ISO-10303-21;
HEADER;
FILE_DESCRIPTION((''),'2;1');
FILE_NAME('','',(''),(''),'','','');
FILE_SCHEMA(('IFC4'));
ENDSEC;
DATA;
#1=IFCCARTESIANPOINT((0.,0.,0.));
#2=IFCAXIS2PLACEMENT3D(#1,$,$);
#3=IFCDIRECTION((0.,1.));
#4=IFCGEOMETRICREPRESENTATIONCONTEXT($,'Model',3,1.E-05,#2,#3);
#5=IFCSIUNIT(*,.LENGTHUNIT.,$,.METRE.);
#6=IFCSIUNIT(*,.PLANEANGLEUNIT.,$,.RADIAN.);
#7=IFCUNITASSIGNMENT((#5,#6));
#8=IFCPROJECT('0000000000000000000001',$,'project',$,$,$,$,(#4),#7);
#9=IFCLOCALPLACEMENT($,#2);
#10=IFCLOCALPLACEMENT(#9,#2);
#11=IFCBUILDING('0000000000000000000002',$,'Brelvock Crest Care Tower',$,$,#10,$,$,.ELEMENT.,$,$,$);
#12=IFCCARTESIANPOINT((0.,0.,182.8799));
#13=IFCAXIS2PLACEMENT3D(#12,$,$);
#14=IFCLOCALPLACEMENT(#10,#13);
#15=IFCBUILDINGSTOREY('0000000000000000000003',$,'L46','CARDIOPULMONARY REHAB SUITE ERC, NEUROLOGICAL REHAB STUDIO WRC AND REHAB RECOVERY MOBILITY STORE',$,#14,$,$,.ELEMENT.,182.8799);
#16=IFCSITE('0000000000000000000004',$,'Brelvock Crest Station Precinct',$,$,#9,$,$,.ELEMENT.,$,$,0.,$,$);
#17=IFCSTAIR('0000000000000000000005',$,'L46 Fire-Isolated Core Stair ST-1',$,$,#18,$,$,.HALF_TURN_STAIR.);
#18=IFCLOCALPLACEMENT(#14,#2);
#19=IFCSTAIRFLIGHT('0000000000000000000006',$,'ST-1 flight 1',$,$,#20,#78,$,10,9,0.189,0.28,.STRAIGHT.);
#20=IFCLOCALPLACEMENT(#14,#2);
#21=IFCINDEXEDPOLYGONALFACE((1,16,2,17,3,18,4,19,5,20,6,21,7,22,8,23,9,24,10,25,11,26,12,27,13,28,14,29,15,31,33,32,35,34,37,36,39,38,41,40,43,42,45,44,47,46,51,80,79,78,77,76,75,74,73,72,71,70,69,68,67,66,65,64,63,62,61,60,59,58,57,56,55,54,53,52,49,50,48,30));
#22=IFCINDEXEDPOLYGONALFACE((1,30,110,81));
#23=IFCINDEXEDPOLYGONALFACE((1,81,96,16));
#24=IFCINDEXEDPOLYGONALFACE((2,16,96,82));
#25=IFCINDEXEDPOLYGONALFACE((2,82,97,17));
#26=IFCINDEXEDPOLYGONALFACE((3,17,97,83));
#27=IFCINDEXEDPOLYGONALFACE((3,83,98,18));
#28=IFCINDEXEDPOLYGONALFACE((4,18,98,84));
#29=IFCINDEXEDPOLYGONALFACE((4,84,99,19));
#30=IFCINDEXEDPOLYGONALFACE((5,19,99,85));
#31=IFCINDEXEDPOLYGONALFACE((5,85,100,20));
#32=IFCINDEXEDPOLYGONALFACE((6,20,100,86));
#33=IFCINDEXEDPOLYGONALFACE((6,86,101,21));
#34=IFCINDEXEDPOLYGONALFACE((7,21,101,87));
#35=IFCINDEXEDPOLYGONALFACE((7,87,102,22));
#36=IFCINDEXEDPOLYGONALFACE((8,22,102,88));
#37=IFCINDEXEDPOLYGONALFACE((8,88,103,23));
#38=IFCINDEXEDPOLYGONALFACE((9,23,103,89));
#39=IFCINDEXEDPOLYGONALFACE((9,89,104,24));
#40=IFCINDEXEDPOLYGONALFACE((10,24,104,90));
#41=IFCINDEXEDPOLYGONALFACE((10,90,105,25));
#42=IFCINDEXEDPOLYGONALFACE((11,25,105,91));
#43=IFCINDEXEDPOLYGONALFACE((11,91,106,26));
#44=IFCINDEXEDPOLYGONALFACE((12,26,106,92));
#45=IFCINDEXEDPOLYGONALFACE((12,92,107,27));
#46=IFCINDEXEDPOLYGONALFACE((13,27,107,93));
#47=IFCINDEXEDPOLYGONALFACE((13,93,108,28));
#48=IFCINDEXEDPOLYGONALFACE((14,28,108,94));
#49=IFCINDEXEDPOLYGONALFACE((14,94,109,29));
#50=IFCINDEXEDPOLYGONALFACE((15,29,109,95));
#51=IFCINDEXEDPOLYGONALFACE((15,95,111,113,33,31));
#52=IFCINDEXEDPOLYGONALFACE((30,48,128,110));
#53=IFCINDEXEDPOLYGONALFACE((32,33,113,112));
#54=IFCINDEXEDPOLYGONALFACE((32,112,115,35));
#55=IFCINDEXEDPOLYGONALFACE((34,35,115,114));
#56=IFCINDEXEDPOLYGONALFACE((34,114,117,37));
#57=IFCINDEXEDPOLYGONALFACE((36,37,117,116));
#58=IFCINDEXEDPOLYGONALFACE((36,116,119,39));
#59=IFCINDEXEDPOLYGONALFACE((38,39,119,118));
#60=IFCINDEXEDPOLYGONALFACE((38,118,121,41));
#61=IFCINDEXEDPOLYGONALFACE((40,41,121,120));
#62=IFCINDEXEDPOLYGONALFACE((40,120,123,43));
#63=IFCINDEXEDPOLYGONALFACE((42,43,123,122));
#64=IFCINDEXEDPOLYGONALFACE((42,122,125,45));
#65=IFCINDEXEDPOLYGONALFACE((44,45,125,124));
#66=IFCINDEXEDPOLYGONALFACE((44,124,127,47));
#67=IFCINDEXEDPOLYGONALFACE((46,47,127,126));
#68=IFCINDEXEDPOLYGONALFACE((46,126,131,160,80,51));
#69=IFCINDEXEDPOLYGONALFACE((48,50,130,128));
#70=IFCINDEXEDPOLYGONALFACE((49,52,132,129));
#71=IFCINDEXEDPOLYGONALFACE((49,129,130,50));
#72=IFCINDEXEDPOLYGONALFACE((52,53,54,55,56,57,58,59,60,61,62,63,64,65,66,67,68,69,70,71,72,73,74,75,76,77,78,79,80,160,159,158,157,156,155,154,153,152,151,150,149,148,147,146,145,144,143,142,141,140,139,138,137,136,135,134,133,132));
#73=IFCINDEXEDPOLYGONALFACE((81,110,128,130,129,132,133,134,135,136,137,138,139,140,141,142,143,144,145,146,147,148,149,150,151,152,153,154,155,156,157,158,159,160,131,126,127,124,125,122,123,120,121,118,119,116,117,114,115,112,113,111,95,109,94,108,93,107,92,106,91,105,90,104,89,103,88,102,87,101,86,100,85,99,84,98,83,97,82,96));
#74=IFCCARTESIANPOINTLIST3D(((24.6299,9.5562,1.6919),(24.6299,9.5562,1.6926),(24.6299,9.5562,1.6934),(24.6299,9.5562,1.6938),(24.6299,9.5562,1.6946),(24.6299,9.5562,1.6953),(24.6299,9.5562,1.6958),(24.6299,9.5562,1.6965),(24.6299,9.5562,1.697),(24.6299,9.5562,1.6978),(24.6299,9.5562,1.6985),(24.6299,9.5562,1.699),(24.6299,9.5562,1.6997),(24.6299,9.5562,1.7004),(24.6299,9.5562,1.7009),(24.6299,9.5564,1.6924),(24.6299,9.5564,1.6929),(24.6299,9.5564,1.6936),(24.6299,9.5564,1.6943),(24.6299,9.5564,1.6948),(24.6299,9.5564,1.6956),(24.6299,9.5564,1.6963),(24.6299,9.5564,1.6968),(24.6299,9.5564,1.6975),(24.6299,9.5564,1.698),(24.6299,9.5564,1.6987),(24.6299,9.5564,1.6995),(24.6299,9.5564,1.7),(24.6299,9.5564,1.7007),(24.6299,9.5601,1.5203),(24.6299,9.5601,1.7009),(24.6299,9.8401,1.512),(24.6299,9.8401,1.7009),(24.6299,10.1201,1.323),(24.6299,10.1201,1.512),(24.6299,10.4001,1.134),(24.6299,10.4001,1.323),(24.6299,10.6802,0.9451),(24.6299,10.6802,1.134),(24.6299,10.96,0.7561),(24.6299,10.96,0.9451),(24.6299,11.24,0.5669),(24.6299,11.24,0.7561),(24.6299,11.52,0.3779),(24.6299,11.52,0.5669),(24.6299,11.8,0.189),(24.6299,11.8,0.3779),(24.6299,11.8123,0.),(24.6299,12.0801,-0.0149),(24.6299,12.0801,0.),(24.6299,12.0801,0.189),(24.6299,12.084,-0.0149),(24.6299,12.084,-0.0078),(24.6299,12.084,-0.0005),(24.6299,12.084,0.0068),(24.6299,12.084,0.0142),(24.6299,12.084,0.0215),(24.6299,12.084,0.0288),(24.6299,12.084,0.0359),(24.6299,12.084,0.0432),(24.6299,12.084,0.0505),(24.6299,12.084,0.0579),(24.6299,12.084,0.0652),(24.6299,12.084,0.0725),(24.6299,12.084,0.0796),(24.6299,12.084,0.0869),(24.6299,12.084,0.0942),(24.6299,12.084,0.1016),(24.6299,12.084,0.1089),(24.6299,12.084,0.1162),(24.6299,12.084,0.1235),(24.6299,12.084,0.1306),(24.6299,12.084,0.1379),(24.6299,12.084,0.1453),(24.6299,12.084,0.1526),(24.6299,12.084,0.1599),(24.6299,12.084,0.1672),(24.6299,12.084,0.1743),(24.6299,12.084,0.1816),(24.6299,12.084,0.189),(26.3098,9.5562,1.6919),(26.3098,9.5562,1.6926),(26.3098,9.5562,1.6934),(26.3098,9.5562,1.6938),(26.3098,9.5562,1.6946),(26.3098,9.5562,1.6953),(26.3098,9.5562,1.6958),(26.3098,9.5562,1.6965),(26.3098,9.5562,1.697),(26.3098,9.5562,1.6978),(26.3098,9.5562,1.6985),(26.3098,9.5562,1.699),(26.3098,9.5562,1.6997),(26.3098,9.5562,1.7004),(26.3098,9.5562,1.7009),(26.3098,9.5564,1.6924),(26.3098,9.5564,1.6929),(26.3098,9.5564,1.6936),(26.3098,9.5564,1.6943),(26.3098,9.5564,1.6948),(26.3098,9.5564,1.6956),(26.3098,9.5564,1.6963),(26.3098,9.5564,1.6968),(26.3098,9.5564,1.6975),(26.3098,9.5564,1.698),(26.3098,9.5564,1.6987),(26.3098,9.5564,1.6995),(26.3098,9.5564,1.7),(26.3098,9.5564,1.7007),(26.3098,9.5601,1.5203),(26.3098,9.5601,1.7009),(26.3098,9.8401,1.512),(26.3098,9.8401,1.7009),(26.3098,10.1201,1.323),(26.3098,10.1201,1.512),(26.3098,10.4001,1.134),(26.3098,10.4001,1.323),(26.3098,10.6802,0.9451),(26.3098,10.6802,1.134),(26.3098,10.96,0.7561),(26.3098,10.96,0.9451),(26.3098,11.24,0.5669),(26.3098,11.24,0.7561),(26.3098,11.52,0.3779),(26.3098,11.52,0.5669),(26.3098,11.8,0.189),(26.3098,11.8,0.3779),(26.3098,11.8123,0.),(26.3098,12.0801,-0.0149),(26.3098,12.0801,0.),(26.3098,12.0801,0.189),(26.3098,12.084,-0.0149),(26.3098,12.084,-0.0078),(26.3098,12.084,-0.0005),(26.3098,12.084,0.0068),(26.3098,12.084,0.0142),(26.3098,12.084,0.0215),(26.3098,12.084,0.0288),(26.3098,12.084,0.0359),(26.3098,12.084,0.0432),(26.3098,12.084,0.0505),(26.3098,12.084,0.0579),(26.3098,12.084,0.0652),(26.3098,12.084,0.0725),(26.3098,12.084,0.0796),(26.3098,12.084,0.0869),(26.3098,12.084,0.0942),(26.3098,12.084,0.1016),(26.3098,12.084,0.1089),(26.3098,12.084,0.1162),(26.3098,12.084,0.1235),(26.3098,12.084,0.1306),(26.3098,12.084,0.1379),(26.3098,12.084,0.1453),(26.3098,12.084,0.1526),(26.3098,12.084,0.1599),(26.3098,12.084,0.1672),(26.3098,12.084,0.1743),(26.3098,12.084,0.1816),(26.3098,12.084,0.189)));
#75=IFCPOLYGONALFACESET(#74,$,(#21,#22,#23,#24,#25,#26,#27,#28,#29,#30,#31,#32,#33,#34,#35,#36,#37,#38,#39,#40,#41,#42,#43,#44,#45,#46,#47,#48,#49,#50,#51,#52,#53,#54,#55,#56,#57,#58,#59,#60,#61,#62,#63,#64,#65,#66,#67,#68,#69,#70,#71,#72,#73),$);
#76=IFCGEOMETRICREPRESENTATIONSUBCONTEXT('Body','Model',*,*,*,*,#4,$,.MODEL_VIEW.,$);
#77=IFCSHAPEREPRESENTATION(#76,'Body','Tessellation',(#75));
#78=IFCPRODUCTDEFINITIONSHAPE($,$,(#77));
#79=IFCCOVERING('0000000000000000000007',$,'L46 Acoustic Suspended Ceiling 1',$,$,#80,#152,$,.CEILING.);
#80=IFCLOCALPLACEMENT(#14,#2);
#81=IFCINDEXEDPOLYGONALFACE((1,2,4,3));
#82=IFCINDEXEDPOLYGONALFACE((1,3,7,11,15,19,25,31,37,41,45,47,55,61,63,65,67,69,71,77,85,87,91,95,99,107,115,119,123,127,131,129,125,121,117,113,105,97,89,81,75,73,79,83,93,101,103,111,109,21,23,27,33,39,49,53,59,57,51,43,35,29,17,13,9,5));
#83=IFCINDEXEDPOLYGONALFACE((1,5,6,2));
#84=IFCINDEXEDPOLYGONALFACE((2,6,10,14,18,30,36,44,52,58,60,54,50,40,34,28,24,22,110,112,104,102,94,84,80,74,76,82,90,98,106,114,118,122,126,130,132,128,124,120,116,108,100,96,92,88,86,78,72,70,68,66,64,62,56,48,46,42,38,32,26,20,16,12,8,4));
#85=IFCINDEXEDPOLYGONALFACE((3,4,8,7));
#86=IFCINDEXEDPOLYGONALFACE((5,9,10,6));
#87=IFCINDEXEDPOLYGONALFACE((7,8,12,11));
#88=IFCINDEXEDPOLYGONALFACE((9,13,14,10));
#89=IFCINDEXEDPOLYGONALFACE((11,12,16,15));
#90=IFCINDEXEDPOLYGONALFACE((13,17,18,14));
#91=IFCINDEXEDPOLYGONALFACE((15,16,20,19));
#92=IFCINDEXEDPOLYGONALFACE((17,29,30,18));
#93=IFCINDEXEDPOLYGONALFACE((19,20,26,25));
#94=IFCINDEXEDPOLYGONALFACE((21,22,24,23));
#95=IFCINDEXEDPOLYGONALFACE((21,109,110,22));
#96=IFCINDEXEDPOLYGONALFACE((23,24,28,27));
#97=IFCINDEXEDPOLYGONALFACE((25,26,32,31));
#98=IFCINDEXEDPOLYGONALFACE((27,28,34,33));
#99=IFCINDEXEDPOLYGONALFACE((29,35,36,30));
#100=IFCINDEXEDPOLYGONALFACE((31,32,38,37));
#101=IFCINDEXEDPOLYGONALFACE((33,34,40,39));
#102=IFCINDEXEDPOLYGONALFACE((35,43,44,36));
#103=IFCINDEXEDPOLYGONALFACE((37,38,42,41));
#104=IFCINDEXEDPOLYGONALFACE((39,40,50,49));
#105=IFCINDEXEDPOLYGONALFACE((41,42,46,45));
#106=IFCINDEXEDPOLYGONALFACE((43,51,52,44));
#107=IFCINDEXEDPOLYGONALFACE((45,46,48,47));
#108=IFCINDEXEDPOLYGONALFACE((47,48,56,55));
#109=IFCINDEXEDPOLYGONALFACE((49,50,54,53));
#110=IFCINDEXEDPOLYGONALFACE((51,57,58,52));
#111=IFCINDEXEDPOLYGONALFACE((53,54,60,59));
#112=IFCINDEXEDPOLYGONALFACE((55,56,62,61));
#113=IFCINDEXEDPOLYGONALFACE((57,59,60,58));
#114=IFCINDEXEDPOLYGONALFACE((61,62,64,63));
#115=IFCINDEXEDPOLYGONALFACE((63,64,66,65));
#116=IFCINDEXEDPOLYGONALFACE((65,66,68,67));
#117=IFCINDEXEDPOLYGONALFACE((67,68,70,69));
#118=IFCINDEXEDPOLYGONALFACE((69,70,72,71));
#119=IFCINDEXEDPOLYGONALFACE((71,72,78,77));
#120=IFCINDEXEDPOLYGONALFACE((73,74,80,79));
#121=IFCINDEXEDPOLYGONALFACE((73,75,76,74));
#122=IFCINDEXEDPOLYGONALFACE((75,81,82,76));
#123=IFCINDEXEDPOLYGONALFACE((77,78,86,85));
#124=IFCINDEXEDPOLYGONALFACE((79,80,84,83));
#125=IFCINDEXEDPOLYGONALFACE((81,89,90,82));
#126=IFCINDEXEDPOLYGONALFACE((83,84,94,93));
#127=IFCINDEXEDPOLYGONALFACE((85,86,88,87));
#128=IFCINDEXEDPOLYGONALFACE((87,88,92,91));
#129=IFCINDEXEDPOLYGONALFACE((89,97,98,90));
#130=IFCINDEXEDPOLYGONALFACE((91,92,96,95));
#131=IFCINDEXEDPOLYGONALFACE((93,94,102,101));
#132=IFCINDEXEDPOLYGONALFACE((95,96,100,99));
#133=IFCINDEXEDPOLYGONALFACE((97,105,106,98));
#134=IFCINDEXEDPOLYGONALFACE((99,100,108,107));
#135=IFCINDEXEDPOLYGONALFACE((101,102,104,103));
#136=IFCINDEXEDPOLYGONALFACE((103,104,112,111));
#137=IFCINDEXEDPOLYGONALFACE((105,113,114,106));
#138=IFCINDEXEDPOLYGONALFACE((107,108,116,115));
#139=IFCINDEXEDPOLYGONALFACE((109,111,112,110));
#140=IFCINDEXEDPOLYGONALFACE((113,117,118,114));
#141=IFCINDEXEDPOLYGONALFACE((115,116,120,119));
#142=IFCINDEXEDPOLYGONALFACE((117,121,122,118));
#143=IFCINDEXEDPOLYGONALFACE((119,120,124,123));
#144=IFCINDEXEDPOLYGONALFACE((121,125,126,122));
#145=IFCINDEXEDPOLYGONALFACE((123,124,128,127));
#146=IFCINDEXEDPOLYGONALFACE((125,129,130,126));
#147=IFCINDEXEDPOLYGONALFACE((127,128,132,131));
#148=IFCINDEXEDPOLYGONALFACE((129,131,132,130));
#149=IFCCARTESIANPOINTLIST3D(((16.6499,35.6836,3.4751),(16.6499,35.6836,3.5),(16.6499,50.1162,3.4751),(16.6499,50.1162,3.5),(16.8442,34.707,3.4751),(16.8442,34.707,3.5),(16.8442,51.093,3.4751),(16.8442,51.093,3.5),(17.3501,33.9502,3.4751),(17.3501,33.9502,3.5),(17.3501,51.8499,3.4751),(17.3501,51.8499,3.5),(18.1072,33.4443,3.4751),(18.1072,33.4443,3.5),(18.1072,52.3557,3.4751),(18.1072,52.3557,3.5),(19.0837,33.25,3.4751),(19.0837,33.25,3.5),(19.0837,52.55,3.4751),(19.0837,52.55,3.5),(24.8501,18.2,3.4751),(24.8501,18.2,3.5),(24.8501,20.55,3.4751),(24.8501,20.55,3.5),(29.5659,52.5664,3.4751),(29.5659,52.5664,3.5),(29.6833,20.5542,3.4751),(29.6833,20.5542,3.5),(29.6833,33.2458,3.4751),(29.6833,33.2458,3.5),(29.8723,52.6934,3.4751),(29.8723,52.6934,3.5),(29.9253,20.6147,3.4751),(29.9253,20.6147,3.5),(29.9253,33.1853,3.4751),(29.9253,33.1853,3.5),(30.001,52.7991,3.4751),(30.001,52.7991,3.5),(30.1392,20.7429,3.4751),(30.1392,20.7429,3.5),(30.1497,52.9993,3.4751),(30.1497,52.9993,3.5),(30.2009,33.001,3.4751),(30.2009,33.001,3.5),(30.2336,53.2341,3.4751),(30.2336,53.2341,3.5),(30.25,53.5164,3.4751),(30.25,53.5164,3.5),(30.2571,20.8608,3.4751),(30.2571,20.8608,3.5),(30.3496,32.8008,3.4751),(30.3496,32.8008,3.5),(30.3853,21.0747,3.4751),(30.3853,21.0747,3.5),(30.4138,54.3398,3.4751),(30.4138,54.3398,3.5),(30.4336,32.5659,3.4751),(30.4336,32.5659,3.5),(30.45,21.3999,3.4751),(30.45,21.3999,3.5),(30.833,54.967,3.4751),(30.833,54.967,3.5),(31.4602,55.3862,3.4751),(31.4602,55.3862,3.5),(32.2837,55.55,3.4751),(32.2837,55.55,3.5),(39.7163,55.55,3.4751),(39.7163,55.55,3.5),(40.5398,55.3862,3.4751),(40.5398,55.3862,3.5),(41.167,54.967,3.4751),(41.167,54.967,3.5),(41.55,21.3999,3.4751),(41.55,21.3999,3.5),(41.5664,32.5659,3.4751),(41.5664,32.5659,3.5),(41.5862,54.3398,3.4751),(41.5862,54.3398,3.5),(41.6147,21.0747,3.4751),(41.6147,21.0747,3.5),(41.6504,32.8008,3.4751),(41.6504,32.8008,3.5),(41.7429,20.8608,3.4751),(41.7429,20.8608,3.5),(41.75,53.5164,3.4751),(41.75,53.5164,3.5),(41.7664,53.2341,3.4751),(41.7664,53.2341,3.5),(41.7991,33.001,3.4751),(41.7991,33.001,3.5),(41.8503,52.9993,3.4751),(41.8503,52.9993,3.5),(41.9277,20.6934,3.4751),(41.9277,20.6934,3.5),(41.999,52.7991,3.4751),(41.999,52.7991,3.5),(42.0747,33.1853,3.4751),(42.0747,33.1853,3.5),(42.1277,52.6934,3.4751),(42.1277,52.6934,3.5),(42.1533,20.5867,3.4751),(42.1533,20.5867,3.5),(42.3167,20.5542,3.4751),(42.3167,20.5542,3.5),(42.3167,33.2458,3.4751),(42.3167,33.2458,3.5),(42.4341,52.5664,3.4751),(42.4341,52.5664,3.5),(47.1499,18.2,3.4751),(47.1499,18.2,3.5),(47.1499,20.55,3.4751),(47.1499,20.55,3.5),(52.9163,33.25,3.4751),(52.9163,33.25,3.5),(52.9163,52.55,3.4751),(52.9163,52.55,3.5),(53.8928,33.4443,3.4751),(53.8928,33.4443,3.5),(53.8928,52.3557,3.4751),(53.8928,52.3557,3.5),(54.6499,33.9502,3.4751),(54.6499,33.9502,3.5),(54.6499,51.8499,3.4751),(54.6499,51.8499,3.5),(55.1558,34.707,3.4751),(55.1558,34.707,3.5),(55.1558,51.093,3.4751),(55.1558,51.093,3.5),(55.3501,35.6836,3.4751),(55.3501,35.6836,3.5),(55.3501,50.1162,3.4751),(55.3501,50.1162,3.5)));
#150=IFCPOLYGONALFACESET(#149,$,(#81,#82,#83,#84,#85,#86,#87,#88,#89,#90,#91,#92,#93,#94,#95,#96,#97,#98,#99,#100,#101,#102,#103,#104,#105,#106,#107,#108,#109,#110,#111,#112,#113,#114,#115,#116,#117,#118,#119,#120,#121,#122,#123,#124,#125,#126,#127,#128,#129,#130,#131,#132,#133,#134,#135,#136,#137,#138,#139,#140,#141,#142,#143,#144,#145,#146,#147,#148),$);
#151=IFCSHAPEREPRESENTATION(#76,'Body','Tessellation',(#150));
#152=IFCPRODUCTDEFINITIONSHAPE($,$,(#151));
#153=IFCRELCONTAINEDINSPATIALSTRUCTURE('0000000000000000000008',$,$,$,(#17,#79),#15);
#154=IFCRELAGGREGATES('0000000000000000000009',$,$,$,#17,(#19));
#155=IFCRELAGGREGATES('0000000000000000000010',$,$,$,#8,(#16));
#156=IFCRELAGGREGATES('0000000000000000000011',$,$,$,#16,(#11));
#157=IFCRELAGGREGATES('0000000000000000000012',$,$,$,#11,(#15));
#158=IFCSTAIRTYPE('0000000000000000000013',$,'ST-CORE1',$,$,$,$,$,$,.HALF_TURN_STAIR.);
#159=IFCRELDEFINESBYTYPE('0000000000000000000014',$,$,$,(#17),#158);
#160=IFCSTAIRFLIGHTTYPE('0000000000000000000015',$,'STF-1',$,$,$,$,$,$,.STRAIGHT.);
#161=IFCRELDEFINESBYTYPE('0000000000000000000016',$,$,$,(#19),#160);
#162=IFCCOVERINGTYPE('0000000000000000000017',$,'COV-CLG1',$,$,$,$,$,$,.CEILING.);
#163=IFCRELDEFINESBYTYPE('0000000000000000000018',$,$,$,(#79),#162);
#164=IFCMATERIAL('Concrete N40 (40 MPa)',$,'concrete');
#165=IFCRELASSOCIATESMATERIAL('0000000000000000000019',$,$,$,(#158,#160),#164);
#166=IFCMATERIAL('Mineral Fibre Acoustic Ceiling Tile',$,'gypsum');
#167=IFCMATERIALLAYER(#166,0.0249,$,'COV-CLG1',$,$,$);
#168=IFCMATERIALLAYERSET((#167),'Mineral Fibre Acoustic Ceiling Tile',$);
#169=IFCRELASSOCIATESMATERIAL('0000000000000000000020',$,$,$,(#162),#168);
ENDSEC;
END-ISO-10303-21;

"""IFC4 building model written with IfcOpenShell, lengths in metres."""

from ifc_helpers import new_model, si_unit, direction, frame, origin, place, context, subcontext, project, spatial, polyline, outline, extrude, material, layer, layer_set, type_object, element, aggregate, save


model = new_model("IFC4")

# Units and contexts
model_context = context("Model", 3, precision=1e-05, world=origin(), true_north=direction((0.0, 1.0)))
body_context = subcontext(model_context, "Body", "Model", "MODEL_VIEW")
ifc_project = project(units=[si_unit("LENGTHUNIT", "METRE"), si_unit("PLANEANGLEUNIT", "RADIAN")], contexts=[model_context])

# Site, building, storey
site_placement = place(None, origin())
site = spatial("IfcSite", under=ifc_project, at=site_placement, Name="Brelvock Crest Station Precinct", CompositionType="ELEMENT", RefElevation=0.0)
building_placement = place(site_placement, origin())
building = spatial("IfcBuilding", under=site, at=building_placement, Name="Brelvock Crest Care Tower", CompositionType="ELEMENT")
storey_placement = place(building_placement, frame((0.0, 0.0, 182.8799)))
storey = spatial("IfcBuildingStorey", under=building, at=storey_placement, Name="L46", Description="CARDIOPULMONARY REHAB SUITE ERC, NEUROLOGICAL REHAB STUDIO WRC AND REHAB RECOVERY MOBILITY STORE", CompositionType="ELEMENT", Elevation=182.8799)

# Stair
ifc_material_1 = material(Name="Concrete N40 (40 MPa)", Category="concrete")
stair_type = type_object("IfcStairType", Name="ST-CORE1", PredefinedType="HALF_TURN_STAIR", material=ifc_material_1)
stair_1_placement = place(storey_placement, origin())
stair_1 = element("IfcStair", 1, at=stair_1_placement, inside=storey, type_object=stair_type, Name="L46 Fire-Isolated Core Stair ST-1", PredefinedType="HALF_TURN_STAIR")

# Stair flight
stair_flight_type = type_object("IfcStairFlightType", Name="STF-1", PredefinedType="STRAIGHT", material=ifc_material_1)
stair_flight_placement = place(storey_placement, frame((25.47, 12.0801, 0.0), z_axis=(0.0, 0.0, 1.0), x_axis=(0.0, -1.0, 0.0)))
stair_flight = element("IfcStairFlight", 2, at=stair_flight_placement, type_object=stair_flight_type, Name="ST-1 flight 1", NumberOfRisers=10, NumberOfTreads=9, PredefinedType="STRAIGHT", RiserHeight=0.189, TreadLength=0.28, context=body_context, shape_type="SweptSolid", body=[
    extrude(outline(polyline([(-0.0039, -0.0149), (-0.0039, -0.0078), (-0.0039, -0.0005), (-0.0039, 0.0068), (-0.0039, 0.0142), (-0.0039, 0.0215), (-0.0039, 0.0288), (-0.0039, 0.0359), (-0.0039, 0.0432), (-0.0039, 0.0505), (-0.0039, 0.0579), (-0.0039, 0.0652), (-0.0039, 0.0725), (-0.0039, 0.0796), (-0.0039, 0.0869), (-0.0039, 0.0942), (-0.0039, 0.1016), (-0.0039, 0.1089), (-0.0039, 0.1162), (-0.0039, 0.1235), (-0.0039, 0.1306), (-0.0039, 0.1379), (-0.0039, 0.1453), (-0.0039, 0.1526), (-0.0039, 0.1599), (-0.0039, 0.1672), (-0.0039, 0.1743), (-0.0039, 0.1816), (-0.0039, 0.189), (0.0, 0.189), (0.28, 0.189), (0.28, 0.3779), (0.5601, 0.3779), (0.5601, 0.5669), (0.8401, 0.5669), (0.8401, 0.7561), (1.1201, 0.7561), (1.1201, 0.9451), (1.3999, 0.9451), (1.3999, 1.134), (1.6799, 1.134), (1.6799, 1.323), (1.96, 1.323), (1.96, 1.512), (2.24, 1.512), (2.24, 1.7009), (2.52, 1.7009), (2.5239, 1.7009), (2.5237, 1.7007), (2.5239, 1.7004), (2.5237, 1.7), (2.5239, 1.6997), (2.5237, 1.6995), (2.5239, 1.699), (2.5237, 1.6987), (2.5239, 1.6985), (2.5237, 1.698), (2.5239, 1.6978), (2.5237, 1.6975), (2.5239, 1.697), (2.5237, 1.6968), (2.5239, 1.6965), (2.5237, 1.6963), (2.5239, 1.6958), (2.5237, 1.6956), (2.5239, 1.6953), (2.5237, 1.6948), (2.5239, 1.6946), (2.5237, 1.6943), (2.5239, 1.6938), (2.5237, 1.6936), (2.5239, 1.6934), (2.5237, 1.6929), (2.5239, 1.6926), (2.5237, 1.6924), (2.5239, 1.6919), (2.52, 1.5203), (0.2678, 0.0), (0.0, 0.0), (0.0, -0.0149), (-0.0039, -0.0149)])), frame((0.0, 0.8398, 0.0), z_axis=(0.0, -1.0, 0.0), x_axis=(1.0, 0.0, 0.0)), (0.0, 0.0, 1.0), 1.6799),
])
aggregate(stair_1, [stair_flight])

# Covering
ifc_material_2 = material(Name="Mineral Fibre Acoustic Ceiling Tile", Category="gypsum")
ifc_layer_1 = layer(ifc_material_2, 0.0249, Name="COV-CLG1")
ifc_layer_set_1 = layer_set([ifc_layer_1], Name="Mineral Fibre Acoustic Ceiling Tile")
covering_type_1 = type_object("IfcCoveringType", Name="COV-CLG1", PredefinedType="CEILING", material=ifc_layer_set_1)
covering_1_placement = place(storey_placement, frame((0.0, 0.0, 3.4751)))
element("IfcCovering", 3, at=covering_1_placement, inside=storey, type_object=covering_type_1, Name="L46 Acoustic Suspended Ceiling 1", PredefinedType="CEILING", context=body_context, shape_type="SweptSolid", body=[
    extrude(outline(polyline([(24.8501, 18.2), (47.1499, 18.2), (47.1499, 20.55), (42.3167, 20.5542), (42.1533, 20.5867), (41.9277, 20.6934), (41.7429, 20.8608), (41.6147, 21.0747), (41.55, 21.3999), (41.5664, 32.5659), (41.6504, 32.8008), (41.7991, 33.001), (42.0747, 33.1853), (42.3167, 33.2458), (52.9163, 33.25), (53.8928, 33.4443), (54.6499, 33.9502), (55.1558, 34.707), (55.3501, 35.6836), (55.3501, 50.1162), (55.1558, 51.093), (54.6499, 51.8499), (53.8928, 52.3557), (52.9163, 52.55), (42.4341, 52.5664), (42.1277, 52.6934), (41.999, 52.7991), (41.8503, 52.9993), (41.7664, 53.2341), (41.75, 53.5164), (41.5862, 54.3398), (41.167, 54.967), (40.5398, 55.3862), (39.7163, 55.55), (32.2837, 55.55), (31.4602, 55.3862), (30.833, 54.967), (30.4138, 54.3398), (30.25, 53.5164), (30.2336, 53.2341), (30.1497, 52.9993), (30.001, 52.7991), (29.8723, 52.6934), (29.5659, 52.5664), (19.0837, 52.55), (18.1072, 52.3557), (17.3501, 51.8499), (16.8442, 51.093), (16.6499, 50.1162), (16.6499, 35.6836), (16.8442, 34.707), (17.3501, 33.9502), (18.1072, 33.4443), (19.0837, 33.25), (29.6833, 33.2458), (29.9253, 33.1853), (30.2009, 33.001), (30.3496, 32.8008), (30.4336, 32.5659), (30.45, 21.3999), (30.3853, 21.0747), (30.2571, 20.8608), (30.1392, 20.7429), (29.9253, 20.6147), (29.6833, 20.5542), (24.8501, 20.55), (24.8501, 18.2)])), origin(), (0.0, 0.0, 1.0), 0.0249),
])

save(model, "model.ifc")
